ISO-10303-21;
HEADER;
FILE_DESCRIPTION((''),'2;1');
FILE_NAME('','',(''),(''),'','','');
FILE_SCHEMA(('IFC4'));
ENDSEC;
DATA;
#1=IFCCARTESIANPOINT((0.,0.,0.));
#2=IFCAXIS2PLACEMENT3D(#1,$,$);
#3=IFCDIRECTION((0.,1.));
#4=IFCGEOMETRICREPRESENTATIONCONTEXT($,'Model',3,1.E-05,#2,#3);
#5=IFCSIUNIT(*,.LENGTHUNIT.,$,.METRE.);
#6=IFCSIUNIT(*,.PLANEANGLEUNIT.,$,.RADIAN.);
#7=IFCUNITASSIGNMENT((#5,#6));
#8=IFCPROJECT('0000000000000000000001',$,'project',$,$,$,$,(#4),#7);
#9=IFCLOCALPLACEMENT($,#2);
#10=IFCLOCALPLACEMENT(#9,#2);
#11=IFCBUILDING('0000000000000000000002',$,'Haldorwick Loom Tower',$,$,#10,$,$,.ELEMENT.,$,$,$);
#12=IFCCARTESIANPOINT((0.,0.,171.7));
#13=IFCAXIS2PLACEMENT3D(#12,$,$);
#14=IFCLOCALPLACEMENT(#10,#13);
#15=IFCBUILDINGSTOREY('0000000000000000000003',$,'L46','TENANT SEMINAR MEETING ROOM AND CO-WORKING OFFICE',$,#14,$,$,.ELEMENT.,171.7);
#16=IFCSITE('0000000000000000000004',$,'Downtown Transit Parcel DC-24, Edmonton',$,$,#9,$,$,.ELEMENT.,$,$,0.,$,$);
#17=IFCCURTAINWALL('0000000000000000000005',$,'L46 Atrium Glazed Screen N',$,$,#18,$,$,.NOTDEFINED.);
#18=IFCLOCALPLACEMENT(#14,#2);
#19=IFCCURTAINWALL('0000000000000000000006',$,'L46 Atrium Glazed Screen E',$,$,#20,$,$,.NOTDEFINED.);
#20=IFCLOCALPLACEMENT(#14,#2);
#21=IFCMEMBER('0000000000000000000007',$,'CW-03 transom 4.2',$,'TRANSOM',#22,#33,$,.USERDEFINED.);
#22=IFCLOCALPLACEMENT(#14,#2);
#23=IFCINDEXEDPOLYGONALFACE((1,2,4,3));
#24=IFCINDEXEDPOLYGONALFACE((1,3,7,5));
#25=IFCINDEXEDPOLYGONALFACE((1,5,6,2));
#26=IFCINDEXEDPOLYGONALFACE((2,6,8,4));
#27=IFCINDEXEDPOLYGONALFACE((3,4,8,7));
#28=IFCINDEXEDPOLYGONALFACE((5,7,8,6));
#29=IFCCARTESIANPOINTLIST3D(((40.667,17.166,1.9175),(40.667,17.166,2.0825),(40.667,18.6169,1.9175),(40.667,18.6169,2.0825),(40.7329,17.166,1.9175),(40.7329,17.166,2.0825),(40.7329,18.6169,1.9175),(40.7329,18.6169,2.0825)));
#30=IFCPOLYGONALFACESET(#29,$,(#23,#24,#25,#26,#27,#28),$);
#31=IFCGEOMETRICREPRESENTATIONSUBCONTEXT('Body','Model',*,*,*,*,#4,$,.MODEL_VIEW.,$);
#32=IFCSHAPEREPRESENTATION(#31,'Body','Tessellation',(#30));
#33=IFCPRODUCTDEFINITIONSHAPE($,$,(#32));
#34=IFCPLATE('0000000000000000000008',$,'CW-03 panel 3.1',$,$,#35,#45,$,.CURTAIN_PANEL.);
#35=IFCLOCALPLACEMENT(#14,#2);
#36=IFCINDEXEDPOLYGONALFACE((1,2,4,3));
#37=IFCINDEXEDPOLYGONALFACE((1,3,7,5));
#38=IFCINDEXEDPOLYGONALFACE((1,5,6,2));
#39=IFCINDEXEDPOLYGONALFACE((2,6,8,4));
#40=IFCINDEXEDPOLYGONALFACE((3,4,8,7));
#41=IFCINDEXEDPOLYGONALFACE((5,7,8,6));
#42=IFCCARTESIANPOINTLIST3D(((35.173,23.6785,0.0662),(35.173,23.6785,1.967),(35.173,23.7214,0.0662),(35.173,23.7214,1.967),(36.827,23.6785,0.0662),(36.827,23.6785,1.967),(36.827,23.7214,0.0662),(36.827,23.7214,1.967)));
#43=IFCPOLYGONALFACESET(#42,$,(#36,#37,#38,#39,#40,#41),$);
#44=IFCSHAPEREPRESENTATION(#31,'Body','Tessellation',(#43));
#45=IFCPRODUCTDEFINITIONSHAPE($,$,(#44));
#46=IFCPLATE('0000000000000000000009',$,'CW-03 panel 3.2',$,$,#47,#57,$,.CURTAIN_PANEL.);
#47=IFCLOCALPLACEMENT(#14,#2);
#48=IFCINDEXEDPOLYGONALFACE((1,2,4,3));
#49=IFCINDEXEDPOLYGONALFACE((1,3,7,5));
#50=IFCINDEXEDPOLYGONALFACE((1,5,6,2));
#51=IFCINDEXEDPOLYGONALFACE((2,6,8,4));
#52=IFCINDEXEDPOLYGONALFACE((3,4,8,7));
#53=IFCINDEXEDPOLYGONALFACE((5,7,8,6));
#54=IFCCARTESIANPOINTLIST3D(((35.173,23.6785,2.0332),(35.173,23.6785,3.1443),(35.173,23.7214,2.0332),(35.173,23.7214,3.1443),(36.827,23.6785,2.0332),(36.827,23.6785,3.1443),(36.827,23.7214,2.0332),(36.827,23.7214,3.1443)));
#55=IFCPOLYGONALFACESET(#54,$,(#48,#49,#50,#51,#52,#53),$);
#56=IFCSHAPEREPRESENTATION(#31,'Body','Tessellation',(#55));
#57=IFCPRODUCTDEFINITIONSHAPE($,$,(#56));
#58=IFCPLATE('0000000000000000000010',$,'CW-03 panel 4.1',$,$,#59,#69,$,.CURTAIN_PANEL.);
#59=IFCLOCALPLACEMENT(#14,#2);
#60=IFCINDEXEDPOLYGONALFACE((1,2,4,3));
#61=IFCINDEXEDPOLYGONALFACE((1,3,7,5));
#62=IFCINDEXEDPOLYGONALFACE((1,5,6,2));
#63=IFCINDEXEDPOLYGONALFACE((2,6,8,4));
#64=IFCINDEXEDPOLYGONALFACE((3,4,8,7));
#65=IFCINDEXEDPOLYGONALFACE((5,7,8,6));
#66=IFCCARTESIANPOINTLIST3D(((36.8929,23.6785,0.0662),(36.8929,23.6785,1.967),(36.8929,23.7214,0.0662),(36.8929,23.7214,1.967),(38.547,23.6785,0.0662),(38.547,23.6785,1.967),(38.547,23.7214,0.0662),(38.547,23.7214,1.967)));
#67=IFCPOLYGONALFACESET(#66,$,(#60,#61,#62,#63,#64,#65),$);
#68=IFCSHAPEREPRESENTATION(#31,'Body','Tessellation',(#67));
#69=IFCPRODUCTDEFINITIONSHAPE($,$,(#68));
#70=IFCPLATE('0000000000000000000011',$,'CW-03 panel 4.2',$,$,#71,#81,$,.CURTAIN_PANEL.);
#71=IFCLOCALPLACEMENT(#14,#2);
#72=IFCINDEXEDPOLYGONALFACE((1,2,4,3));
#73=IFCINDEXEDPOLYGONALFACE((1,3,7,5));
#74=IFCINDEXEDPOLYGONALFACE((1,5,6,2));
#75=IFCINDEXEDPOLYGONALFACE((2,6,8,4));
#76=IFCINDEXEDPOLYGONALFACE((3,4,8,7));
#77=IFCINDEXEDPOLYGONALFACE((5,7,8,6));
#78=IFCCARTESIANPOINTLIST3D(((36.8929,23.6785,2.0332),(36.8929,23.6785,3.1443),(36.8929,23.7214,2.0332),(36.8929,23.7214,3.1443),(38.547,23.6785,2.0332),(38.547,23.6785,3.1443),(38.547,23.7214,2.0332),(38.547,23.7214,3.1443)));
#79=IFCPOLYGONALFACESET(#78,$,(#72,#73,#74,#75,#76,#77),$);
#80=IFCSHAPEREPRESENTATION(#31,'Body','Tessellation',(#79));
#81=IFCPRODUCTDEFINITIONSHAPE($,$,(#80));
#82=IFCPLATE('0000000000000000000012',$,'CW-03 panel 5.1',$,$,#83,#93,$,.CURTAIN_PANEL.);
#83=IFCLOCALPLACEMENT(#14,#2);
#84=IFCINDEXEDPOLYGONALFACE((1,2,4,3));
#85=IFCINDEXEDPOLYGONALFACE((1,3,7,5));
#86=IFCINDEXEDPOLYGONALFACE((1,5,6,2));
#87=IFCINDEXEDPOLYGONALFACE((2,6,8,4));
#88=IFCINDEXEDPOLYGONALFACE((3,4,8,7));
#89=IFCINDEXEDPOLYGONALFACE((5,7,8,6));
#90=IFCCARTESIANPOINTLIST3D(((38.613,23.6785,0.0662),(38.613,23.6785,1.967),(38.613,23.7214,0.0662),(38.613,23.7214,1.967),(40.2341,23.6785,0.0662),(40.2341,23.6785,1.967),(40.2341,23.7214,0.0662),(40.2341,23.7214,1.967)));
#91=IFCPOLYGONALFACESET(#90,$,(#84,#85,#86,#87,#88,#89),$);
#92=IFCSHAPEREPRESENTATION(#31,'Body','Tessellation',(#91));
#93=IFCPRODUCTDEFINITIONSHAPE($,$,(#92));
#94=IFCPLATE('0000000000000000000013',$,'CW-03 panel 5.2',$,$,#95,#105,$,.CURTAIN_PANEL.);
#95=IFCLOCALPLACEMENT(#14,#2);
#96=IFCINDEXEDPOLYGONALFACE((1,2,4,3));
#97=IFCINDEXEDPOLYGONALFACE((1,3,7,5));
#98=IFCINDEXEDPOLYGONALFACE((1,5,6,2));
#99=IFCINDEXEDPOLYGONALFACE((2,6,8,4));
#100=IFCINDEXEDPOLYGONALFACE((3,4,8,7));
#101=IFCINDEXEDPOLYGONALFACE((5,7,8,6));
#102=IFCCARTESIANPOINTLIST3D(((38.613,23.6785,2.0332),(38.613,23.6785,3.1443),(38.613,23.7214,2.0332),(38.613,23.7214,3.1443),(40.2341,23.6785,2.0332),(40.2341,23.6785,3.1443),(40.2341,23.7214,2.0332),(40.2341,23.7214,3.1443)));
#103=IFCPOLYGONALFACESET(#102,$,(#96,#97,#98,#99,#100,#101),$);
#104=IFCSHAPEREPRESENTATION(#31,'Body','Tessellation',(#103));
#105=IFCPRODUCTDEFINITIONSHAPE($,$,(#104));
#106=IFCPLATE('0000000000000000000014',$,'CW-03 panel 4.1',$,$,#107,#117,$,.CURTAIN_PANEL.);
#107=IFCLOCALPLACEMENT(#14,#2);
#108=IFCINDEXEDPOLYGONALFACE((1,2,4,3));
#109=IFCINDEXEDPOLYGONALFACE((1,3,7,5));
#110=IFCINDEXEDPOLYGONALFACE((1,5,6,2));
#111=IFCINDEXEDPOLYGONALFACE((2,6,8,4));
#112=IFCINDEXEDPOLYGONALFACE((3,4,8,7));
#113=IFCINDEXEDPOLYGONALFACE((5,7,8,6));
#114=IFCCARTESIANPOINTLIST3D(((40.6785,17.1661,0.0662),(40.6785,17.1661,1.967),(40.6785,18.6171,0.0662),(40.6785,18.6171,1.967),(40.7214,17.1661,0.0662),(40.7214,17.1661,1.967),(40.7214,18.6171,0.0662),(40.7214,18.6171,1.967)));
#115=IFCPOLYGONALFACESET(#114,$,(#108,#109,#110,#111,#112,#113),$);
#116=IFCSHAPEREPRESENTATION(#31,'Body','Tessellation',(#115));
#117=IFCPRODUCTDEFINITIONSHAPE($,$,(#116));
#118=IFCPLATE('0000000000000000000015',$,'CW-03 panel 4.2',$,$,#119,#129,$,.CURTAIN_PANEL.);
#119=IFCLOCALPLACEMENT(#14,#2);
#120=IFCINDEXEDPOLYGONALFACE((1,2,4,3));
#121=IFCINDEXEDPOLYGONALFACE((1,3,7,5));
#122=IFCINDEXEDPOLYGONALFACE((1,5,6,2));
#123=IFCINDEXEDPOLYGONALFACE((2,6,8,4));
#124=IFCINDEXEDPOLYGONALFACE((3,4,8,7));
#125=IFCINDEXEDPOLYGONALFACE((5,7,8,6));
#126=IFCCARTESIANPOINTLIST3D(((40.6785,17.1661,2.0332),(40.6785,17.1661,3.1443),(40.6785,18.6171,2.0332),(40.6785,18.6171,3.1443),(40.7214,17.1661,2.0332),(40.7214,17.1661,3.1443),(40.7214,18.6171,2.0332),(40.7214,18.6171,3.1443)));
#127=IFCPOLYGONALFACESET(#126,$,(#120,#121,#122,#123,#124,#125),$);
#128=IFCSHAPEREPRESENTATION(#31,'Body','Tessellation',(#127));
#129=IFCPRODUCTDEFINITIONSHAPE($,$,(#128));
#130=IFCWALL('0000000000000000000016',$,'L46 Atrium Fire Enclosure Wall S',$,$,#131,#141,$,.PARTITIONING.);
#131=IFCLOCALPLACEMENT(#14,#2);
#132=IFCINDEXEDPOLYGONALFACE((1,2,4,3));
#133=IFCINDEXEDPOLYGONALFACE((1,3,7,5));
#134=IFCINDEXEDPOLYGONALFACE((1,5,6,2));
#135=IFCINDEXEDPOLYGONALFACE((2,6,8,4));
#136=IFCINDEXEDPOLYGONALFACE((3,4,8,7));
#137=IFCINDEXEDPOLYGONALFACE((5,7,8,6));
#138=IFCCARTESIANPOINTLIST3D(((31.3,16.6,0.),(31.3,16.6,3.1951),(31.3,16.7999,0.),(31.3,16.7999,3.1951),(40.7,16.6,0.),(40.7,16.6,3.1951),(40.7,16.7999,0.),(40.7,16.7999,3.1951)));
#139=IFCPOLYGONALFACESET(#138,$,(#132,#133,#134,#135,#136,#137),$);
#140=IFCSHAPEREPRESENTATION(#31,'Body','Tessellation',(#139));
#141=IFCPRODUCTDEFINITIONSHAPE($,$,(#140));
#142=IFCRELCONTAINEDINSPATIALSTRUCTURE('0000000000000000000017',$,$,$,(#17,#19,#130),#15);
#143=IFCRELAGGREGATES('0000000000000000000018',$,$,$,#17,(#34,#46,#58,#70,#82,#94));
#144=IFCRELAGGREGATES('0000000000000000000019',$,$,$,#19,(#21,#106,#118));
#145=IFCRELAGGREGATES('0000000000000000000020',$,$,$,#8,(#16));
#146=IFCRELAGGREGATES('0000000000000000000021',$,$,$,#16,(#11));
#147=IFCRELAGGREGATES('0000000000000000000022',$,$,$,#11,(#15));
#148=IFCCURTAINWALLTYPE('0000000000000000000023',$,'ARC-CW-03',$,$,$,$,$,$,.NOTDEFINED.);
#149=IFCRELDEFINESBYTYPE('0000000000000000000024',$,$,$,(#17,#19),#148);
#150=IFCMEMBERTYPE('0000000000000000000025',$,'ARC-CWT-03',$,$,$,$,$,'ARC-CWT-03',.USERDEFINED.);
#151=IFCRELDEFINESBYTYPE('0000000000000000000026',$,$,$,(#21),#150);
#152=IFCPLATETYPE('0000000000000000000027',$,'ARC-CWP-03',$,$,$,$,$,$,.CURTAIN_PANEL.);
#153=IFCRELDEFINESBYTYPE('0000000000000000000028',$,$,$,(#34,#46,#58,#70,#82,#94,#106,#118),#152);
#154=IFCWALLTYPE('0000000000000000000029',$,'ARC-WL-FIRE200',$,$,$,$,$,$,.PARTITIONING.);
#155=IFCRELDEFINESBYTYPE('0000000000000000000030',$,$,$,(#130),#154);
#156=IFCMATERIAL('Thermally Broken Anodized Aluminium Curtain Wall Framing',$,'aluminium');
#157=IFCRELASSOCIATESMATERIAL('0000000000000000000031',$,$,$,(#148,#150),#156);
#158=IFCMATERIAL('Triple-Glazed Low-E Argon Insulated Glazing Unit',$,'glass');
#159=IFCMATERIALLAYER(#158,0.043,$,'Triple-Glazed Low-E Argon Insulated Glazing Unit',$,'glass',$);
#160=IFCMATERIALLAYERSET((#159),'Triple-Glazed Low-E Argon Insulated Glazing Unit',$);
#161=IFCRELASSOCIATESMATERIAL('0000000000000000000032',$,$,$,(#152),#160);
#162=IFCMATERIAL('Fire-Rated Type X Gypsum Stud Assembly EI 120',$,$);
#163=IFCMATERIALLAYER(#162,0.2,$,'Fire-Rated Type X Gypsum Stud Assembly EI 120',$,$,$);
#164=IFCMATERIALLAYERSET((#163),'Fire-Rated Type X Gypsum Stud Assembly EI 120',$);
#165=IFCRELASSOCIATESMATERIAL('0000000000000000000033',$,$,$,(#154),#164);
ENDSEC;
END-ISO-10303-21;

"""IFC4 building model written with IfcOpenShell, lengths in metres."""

from ifc_helpers import new_model, si_unit, direction, frame, frame_2d, origin, origin_2d, place, context, subcontext, project, spatial, rectangle, extrude, material, layer, layer_set, material_profile, profile_set, type_object, element, aggregate, save


model = new_model("IFC4")

# Units and contexts
model_context = context("Model", 3, precision=1e-05, world=origin(), true_north=direction((0.0, 1.0)))
body_context = subcontext(model_context, "Body", "Model", "MODEL_VIEW")
ifc_project = project(units=[si_unit("LENGTHUNIT", "METRE"), si_unit("PLANEANGLEUNIT", "RADIAN")], contexts=[model_context])

# Site, building, storey
site_placement = place(None, origin())
site = spatial("IfcSite", under=ifc_project, at=site_placement, Name="Downtown Transit Parcel DC-24, Edmonton", CompositionType="ELEMENT", RefElevation=0.0)
building_placement = place(site_placement, origin())
building = spatial("IfcBuilding", under=site, at=building_placement, Name="Haldorwick Loom Tower", CompositionType="ELEMENT")
storey_placement = place(building_placement, frame((0.0, 0.0, 171.7)))
storey = spatial("IfcBuildingStorey", under=building, at=storey_placement, Name="L46", Description="TENANT SEMINAR MEETING ROOM AND CO-WORKING OFFICE", CompositionType="ELEMENT", Elevation=171.7)

# Shared definitions
ifc_material_1 = material(Name="Thermally Broken Anodized Aluminium Curtain Wall Framing", Category="aluminium")
curtain_wall_type = type_object("IfcCurtainWallType", Name="ARC-CW-03", PredefinedType="NOTDEFINED", material=ifc_material_1)

# Curtain wall
curtain_wall_1_placement = place(storey_placement, origin())
curtain_wall_1 = element("IfcCurtainWall", 1, at=curtain_wall_1_placement, inside=storey, type_object=curtain_wall_type, Name="L46 Atrium Glazed Screen N", PredefinedType="NOTDEFINED")

# Curtain wall
curtain_wall_2_placement = place(storey_placement, origin())
curtain_wall_2 = element("IfcCurtainWall", 2, at=curtain_wall_2_placement, inside=storey, type_object=curtain_wall_type, Name="L46 Atrium Glazed Screen E", PredefinedType="NOTDEFINED")

# Member
ifc_material_profile_1 = material_profile(ifc_material_1, rectangle(XDim=0.0659, YDim=0.165, at=origin_2d()), Name="ALU_TRN_66X165", Category="aluminium")
ifc_profile_set_1 = profile_set([ifc_material_profile_1], Name="Thermally Broken Anodized Aluminium Curtain Wall Framing")
member_type_1 = type_object("IfcMemberType", Name="ARC-CWT-03", ElementType="ARC-CWT-03", PredefinedType="USERDEFINED", material=ifc_profile_set_1)
member_1_placement = place(storey_placement, frame((40.7, 18.6169, 2.0), z_axis=(0.0, -1.0, 0.0), x_axis=(1.0, 0.0, 0.0)))
member_1 = element("IfcMember", 3, at=member_1_placement, type_object=member_type_1, Name="CW-03 transom 4.2", ObjectType="TRANSOM", PredefinedType="USERDEFINED", context=body_context, shape_type="SweptSolid", body=[
    extrude(rectangle(XDim=0.0659, YDim=0.165, at=origin_2d()), origin(), (0.0, 0.0, 1.0), 1.4509),
])

# Plates
ifc_material_2 = material(Name="Triple-Glazed Low-E Argon Insulated Glazing Unit", Category="glass")
ifc_layer_1 = layer(ifc_material_2, 0.043, Name="Triple-Glazed Low-E Argon Insulated Glazing Unit", Category="glass")
ifc_layer_set_1 = layer_set([ifc_layer_1], Name="Triple-Glazed Low-E Argon Insulated Glazing Unit")
plate_type = type_object("IfcPlateType", Name="ARC-CWP-03", PredefinedType="CURTAIN_PANEL", material=ifc_layer_set_1)
plate_1_placement = place(storey_placement, frame((36.0, 23.7, 0.0662), z_axis=(0.0, 0.0, 1.0), x_axis=(1.0, 0.0, 0.0)))
plate_1 = element("IfcPlate", 4, at=plate_1_placement, type_object=plate_type, Name="CW-03 panel 3.1", PredefinedType="CURTAIN_PANEL", context=body_context, shape_type="SweptSolid", body=[
    extrude(rectangle(XDim=1.6541, YDim=0.043, at=origin_2d()), origin(), (0.0, 0.0, 1.0), 1.9009),
])
plate_2_placement = place(storey_placement, frame((36.0, 23.7, 2.0332), z_axis=(0.0, 0.0, 1.0), x_axis=(1.0, 0.0, 0.0)))
plate_2 = element("IfcPlate", 5, at=plate_2_placement, type_object=plate_type, Name="CW-03 panel 3.2", PredefinedType="CURTAIN_PANEL", context=body_context, shape_type="SweptSolid", body=[
    extrude(rectangle(XDim=1.6541, YDim=0.043, at=origin_2d()), origin(), (0.0, 0.0, 1.0), 1.1111),
])
plate_3_placement = place(storey_placement, frame((37.72, 23.7, 0.0662), z_axis=(0.0, 0.0, 1.0), x_axis=(1.0, 0.0, 0.0)))
plate_3 = element("IfcPlate", 6, at=plate_3_placement, type_object=plate_type, Name="CW-03 panel 4.1", PredefinedType="CURTAIN_PANEL", context=body_context, shape_type="SweptSolid", body=[
    extrude(rectangle(XDim=1.6541, YDim=0.043, at=origin_2d()), origin(), (0.0, 0.0, 1.0), 1.9009),
])
plate_4_placement = place(storey_placement, frame((37.72, 23.7, 2.0332), z_axis=(0.0, 0.0, 1.0), x_axis=(1.0, 0.0, 0.0)))
plate_4 = element("IfcPlate", 7, at=plate_4_placement, type_object=plate_type, Name="CW-03 panel 4.2", PredefinedType="CURTAIN_PANEL", context=body_context, shape_type="SweptSolid", body=[
    extrude(rectangle(XDim=1.6541, YDim=0.043, at=origin_2d()), origin(), (0.0, 0.0, 1.0), 1.1111),
])
plate_5_placement = place(storey_placement, frame((39.4236, 23.7, 0.0662), z_axis=(0.0, 0.0, 1.0), x_axis=(1.0, 0.0, 0.0)))
plate_5 = element("IfcPlate", 8, at=plate_5_placement, type_object=plate_type, Name="CW-03 panel 5.1", PredefinedType="CURTAIN_PANEL", context=body_context, shape_type="SweptSolid", body=[
    extrude(rectangle(XDim=1.6211, YDim=0.043, at=origin_2d()), origin(), (0.0, 0.0, 1.0), 1.9009),
])
plate_6_placement = place(storey_placement, frame((39.4236, 23.7, 2.0332), z_axis=(0.0, 0.0, 1.0), x_axis=(1.0, 0.0, 0.0)))
plate_6 = element("IfcPlate", 9, at=plate_6_placement, type_object=plate_type, Name="CW-03 panel 5.2", PredefinedType="CURTAIN_PANEL", context=body_context, shape_type="SweptSolid", body=[
    extrude(rectangle(XDim=1.6211, YDim=0.043, at=origin_2d()), origin(), (0.0, 0.0, 1.0), 1.1111),
])
aggregate(curtain_wall_1, [plate_1, plate_2, plate_3, plate_4, plate_5, plate_6])
plate_7_placement = place(storey_placement, frame((40.7, 17.8916, 0.0662), z_axis=(0.0, 0.0, 1.0), x_axis=(0.0, -1.0, 0.0)))
plate_7 = element("IfcPlate", 10, at=plate_7_placement, type_object=plate_type, Name="CW-03 panel 4.1", PredefinedType="CURTAIN_PANEL", context=body_context, shape_type="SweptSolid", body=[
    extrude(rectangle(XDim=1.4509, YDim=0.043, at=origin_2d()), origin(), (0.0, 0.0, 1.0), 1.9009),
])
plate_8_placement = place(storey_placement, frame((40.7, 17.8916, 2.0332), z_axis=(0.0, 0.0, 1.0), x_axis=(0.0, -1.0, 0.0)))
plate_8 = element("IfcPlate", 11, at=plate_8_placement, type_object=plate_type, Name="CW-03 panel 4.2", PredefinedType="CURTAIN_PANEL", context=body_context, shape_type="SweptSolid", body=[
    extrude(rectangle(XDim=1.4509, YDim=0.043, at=origin_2d()), origin(), (0.0, 0.0, 1.0), 1.1111),
])
aggregate(curtain_wall_2, [member_1, plate_7, plate_8])

# Wall
ifc_material_3 = material(Name="Fire-Rated Type X Gypsum Stud Assembly EI 120")
ifc_layer_2 = layer(ifc_material_3, 0.2, Name="Fire-Rated Type X Gypsum Stud Assembly EI 120")
ifc_layer_set_2 = layer_set([ifc_layer_2], Name="Fire-Rated Type X Gypsum Stud Assembly EI 120")
wall_type = type_object("IfcWallType", Name="ARC-WL-FIRE200", PredefinedType="PARTITIONING", material=ifc_layer_set_2)
wall_placement = place(storey_placement, frame((40.7, 16.7, 0.0), z_axis=(0.0, 0.0, 1.0), x_axis=(-1.0, 0.0, 0.0)))
element("IfcWall", 12, at=wall_placement, inside=storey, type_object=wall_type, Name="L46 Atrium Fire Enclosure Wall S", PredefinedType="PARTITIONING", context=body_context, shape_type="SweptSolid", body=[
    extrude(rectangle(XDim=9.3999, YDim=0.2, at=frame_2d((4.7, 0.0))), origin(), (0.0, 0.0, 1.0), 3.1951),
])

save(model, "model.ifc")
